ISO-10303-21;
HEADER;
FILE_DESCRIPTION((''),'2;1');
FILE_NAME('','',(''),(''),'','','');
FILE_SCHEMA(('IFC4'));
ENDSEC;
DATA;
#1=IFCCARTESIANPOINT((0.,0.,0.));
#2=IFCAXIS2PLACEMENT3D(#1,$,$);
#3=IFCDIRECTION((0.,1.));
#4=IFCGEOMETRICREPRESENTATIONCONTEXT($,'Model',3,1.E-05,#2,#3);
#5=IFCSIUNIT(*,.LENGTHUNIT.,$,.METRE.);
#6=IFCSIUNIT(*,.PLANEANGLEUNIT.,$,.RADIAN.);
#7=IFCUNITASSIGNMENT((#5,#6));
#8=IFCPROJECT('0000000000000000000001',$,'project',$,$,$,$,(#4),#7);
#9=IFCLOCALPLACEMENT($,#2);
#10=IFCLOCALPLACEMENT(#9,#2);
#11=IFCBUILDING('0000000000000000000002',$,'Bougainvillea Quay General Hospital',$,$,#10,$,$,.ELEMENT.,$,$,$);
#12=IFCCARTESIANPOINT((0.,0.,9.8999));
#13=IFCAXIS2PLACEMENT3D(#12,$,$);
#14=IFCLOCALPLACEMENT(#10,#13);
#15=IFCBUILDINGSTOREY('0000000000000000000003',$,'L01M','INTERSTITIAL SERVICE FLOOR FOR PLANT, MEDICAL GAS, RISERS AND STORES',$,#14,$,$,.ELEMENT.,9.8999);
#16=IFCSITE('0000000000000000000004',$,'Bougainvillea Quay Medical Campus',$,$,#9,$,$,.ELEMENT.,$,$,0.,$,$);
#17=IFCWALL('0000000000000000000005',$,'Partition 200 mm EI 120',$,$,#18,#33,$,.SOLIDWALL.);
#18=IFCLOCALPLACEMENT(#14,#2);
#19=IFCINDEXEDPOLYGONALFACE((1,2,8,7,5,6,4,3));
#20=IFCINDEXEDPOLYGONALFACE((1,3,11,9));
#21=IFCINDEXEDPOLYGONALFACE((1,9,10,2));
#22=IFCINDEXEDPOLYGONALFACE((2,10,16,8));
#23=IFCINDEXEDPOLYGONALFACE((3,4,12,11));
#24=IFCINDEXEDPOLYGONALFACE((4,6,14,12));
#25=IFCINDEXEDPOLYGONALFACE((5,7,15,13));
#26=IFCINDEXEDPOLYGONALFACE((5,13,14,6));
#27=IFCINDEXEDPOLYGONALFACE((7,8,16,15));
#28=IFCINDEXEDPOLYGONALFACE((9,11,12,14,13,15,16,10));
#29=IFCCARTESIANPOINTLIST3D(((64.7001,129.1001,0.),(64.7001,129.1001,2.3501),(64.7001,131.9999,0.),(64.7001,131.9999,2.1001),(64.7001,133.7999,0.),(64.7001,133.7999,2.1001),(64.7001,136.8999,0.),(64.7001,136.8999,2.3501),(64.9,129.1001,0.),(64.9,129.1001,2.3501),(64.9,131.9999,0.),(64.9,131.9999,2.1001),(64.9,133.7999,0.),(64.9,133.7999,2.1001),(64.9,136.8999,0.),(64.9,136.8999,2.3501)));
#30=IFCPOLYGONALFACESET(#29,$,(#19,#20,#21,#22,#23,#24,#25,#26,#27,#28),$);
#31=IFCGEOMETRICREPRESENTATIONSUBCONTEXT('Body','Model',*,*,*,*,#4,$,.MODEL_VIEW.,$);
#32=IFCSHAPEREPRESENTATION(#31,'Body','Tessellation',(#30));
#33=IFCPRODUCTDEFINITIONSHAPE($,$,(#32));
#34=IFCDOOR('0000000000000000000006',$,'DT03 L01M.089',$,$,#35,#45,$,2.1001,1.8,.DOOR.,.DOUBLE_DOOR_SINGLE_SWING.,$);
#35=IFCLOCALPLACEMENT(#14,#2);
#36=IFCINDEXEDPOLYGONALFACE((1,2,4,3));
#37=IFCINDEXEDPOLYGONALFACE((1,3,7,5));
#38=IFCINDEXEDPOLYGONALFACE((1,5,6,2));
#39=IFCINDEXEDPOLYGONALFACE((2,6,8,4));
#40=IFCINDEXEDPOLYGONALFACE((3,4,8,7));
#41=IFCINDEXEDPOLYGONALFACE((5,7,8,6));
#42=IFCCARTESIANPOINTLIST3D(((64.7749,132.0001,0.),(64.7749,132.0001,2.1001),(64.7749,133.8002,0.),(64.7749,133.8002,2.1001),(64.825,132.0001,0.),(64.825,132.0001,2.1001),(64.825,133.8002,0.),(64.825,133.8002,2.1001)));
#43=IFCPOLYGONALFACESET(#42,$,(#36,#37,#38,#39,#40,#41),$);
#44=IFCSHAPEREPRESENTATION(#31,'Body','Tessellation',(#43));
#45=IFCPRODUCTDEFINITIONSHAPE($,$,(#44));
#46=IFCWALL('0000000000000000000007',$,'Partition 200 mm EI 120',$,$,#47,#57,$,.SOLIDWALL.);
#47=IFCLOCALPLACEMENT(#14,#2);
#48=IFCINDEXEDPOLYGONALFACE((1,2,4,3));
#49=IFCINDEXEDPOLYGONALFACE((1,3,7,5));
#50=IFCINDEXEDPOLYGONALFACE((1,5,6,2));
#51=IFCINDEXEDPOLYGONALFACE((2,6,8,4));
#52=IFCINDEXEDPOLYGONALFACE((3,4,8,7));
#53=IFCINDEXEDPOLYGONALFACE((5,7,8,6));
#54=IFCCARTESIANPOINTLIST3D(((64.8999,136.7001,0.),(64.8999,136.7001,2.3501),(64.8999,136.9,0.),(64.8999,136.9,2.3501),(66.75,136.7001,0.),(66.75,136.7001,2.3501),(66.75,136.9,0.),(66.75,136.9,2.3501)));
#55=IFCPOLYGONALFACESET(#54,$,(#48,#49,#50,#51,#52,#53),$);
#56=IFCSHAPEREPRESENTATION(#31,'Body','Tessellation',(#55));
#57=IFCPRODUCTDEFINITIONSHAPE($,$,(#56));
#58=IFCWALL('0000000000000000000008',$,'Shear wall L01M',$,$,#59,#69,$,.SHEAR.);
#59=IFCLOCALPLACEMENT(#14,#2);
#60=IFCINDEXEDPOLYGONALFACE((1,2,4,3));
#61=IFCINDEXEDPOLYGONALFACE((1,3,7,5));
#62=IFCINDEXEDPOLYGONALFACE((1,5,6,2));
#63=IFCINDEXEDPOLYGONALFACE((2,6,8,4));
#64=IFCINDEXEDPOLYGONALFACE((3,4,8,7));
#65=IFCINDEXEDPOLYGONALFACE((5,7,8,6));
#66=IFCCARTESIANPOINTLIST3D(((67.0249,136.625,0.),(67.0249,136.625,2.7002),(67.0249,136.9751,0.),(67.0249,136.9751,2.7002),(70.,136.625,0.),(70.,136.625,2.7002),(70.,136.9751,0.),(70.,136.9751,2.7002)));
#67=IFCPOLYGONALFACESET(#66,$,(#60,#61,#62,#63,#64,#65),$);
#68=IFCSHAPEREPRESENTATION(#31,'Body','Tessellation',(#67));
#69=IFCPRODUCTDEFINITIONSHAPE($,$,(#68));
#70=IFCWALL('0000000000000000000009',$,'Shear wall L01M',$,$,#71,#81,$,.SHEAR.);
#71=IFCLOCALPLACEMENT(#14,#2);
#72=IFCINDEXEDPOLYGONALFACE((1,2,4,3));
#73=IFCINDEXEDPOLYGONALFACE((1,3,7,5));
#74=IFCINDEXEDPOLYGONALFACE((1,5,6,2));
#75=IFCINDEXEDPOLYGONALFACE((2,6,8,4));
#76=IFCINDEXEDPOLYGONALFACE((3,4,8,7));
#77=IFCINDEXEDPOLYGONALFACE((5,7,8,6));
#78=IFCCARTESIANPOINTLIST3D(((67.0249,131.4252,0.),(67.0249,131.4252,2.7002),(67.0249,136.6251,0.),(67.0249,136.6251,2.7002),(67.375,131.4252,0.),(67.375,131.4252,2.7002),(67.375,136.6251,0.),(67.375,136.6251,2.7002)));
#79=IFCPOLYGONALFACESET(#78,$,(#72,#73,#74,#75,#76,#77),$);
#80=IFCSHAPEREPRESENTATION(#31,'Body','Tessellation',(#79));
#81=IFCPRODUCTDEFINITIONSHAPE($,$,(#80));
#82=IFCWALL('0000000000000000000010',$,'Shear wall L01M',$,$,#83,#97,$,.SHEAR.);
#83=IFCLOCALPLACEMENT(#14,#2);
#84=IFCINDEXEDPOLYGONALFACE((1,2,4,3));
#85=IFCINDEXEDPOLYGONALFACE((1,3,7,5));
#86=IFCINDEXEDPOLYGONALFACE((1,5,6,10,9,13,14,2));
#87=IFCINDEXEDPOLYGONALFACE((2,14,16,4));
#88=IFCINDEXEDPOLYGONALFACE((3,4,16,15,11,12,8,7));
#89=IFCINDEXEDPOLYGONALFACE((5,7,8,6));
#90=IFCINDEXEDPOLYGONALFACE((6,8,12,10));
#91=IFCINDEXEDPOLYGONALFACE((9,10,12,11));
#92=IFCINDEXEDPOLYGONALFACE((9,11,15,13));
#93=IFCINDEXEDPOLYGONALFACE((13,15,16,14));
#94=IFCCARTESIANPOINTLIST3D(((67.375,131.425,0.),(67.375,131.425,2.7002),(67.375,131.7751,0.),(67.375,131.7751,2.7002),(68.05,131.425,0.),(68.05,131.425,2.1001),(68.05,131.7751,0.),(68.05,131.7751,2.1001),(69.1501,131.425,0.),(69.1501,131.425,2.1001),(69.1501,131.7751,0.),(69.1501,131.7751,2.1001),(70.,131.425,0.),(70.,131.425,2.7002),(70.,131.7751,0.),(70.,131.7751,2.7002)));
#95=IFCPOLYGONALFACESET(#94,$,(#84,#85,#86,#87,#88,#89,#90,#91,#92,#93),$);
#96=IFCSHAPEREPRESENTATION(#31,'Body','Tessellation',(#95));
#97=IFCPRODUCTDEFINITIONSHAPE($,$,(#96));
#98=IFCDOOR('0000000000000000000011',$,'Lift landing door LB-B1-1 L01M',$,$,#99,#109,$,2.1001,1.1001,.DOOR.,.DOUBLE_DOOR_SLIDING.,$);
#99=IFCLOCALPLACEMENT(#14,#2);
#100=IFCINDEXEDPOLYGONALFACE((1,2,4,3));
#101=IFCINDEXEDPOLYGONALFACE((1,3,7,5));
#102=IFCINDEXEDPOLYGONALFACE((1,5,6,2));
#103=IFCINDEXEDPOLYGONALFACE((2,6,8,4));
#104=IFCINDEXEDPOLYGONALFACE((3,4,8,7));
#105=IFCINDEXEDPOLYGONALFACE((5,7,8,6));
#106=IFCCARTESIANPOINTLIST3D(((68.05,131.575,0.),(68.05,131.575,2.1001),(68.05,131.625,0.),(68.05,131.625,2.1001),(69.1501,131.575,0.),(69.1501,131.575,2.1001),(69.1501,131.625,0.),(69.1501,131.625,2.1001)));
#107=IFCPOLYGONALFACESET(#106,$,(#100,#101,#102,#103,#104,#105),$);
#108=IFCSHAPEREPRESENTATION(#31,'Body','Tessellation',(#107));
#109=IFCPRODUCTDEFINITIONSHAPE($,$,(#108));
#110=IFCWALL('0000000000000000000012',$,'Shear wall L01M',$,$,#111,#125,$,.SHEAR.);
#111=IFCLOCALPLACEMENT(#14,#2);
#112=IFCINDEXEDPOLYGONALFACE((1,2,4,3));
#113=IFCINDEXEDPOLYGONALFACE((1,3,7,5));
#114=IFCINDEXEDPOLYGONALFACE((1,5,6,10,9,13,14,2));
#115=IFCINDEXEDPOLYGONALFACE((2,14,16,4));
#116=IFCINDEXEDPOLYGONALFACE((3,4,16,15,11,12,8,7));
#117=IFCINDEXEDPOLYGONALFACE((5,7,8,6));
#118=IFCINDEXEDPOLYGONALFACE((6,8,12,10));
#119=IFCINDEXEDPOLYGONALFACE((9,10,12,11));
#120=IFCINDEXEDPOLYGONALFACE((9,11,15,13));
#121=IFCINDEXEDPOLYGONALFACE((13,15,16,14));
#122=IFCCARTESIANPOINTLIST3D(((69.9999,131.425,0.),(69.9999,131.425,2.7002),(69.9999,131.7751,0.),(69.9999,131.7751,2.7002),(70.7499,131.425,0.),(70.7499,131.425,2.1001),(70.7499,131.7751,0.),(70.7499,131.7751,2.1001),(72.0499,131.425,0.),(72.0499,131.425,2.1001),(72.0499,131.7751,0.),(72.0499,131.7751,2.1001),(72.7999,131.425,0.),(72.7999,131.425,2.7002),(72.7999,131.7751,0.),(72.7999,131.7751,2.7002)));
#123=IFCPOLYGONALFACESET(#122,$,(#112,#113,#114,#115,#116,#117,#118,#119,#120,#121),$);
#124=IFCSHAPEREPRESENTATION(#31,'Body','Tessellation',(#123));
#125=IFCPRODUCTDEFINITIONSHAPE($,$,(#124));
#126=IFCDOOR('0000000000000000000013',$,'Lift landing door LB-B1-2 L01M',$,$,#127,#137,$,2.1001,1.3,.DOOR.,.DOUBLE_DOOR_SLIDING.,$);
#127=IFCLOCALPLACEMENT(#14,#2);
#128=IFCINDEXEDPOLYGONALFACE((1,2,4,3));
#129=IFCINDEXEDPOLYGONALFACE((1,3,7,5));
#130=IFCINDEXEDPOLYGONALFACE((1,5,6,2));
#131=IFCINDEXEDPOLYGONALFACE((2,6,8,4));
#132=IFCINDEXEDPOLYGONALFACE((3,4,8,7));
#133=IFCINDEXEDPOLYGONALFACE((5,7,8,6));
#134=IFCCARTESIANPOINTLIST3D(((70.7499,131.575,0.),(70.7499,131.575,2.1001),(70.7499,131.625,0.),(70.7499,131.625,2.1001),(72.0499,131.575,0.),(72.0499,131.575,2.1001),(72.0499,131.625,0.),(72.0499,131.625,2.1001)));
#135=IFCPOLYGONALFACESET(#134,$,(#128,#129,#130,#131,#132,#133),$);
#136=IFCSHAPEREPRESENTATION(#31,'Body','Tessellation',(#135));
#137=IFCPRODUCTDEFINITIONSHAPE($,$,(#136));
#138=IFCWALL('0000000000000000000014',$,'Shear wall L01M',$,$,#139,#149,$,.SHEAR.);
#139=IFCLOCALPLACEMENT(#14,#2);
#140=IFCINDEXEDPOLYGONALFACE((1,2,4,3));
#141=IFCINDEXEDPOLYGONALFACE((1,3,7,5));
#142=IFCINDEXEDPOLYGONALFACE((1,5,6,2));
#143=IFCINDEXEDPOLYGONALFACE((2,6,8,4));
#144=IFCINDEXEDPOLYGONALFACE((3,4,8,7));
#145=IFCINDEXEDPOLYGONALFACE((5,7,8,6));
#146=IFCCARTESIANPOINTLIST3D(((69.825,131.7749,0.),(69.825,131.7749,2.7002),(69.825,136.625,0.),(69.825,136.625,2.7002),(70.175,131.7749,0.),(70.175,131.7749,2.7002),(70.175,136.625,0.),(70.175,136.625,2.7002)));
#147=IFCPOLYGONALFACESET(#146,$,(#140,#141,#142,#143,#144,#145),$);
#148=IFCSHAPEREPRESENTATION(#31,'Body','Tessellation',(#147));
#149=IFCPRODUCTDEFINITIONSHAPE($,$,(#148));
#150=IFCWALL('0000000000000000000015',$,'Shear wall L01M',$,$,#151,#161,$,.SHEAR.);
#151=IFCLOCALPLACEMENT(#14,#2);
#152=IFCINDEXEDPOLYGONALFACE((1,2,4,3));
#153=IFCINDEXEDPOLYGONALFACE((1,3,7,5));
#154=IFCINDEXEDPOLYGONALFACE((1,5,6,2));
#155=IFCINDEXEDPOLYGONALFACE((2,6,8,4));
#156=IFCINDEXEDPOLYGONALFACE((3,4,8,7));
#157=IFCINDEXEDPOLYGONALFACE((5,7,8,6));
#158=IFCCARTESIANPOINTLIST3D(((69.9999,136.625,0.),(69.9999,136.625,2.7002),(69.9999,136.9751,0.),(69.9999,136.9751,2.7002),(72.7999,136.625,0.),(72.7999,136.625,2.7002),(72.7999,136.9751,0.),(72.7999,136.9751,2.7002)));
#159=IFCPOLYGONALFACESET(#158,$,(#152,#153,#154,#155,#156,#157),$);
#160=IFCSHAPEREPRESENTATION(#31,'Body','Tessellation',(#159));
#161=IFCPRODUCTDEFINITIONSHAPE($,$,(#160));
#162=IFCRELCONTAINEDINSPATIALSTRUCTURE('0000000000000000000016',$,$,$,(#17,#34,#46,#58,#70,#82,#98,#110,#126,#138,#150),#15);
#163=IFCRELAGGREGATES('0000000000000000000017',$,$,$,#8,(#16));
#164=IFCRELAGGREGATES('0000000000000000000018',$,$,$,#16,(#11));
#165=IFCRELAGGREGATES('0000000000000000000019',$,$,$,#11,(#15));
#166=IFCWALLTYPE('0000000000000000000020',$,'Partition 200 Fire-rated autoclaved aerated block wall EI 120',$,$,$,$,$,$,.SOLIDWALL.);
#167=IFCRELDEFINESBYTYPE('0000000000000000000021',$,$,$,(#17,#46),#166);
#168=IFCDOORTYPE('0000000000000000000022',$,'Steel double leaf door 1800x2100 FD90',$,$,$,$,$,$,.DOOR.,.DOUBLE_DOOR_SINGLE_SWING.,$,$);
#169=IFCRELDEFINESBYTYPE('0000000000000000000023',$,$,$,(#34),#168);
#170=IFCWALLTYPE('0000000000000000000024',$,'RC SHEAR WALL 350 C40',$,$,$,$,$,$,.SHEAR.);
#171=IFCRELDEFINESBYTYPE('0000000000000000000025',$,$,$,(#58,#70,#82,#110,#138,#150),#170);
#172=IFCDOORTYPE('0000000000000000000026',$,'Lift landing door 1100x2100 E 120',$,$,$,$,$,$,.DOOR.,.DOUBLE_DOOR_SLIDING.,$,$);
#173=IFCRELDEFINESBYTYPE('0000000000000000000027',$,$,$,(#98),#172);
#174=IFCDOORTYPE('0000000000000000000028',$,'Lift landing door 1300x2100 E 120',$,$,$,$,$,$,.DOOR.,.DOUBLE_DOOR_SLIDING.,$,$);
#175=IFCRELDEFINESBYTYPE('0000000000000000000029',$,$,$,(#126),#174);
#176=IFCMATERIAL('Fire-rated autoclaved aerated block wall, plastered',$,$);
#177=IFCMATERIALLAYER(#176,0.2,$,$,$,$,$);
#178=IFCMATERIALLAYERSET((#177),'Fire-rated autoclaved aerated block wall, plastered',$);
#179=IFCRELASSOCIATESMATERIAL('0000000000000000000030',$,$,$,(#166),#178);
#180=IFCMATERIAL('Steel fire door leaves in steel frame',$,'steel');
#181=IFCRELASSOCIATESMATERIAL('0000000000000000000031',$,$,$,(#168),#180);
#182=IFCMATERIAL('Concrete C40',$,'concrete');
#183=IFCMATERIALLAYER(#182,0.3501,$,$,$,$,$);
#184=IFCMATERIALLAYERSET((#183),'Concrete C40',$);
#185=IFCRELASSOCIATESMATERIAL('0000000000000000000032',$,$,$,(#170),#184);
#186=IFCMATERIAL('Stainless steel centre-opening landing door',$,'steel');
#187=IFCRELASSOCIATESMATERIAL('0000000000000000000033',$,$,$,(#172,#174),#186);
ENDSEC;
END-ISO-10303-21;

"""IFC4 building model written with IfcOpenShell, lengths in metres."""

from ifc_helpers import new_model, si_unit, direction, frame, frame_2d, origin, place, context, subcontext, project, spatial, rectangle, extrude, material, layer, layer_set, type_object, element, fill, save


model = new_model("IFC4")

# Units and contexts
model_context = context("Model", 3, precision=1e-05, world=origin(), true_north=direction((0.0, 1.0)))
body_context = subcontext(model_context, "Body", "Model", "MODEL_VIEW")
ifc_project = project(units=[si_unit("LENGTHUNIT", "METRE"), si_unit("PLANEANGLEUNIT", "RADIAN")], contexts=[model_context])

# Site, building, storey
site_placement = place(None, origin())
site = spatial("IfcSite", under=ifc_project, at=site_placement, Name="Bougainvillea Quay Medical Campus", CompositionType="ELEMENT", RefElevation=0.0)
building_placement = place(site_placement, origin())
building = spatial("IfcBuilding", under=site, at=building_placement, Name="Bougainvillea Quay General Hospital", CompositionType="ELEMENT")
storey_placement = place(building_placement, frame((0.0, 0.0, 9.8999)))
storey = spatial("IfcBuildingStorey", under=building, at=storey_placement, Name="L01M", Description="INTERSTITIAL SERVICE FLOOR FOR PLANT, MEDICAL GAS, RISERS AND STORES", CompositionType="ELEMENT", Elevation=9.8999)

# Shared definitions
ifc_material_1 = material(Name="Fire-rated autoclaved aerated block wall, plastered")
ifc_layer_1 = layer(ifc_material_1, 0.2)
ifc_layer_set_1 = layer_set([ifc_layer_1], Name="Fire-rated autoclaved aerated block wall, plastered")
wall_type_1 = type_object("IfcWallType", Name="Partition 200 Fire-rated autoclaved aerated block wall EI 120", PredefinedType="SOLIDWALL", material=ifc_layer_set_1)
ifc_material_2 = material(Name="Steel fire door leaves in steel frame", Category="steel")

# Wall, opening, door
wall_1_placement = place(storey_placement, frame((64.8, 129.1001, 0.0), z_axis=(0.0, 0.0, 1.0), x_axis=(0.0, 1.0, 0.0)))
wall_1 = element("IfcWall", 1, at=wall_1_placement, inside=storey, type_object=wall_type_1, Name="Partition 200 mm EI 120", PredefinedType="SOLIDWALL", context=body_context, shape_type="SweptSolid", body=[
    extrude(rectangle(XDim=7.7998, YDim=0.2, at=frame_2d((3.8999, 0.0))), origin(), (0.0, 0.0, 1.0), 2.3501),
])
opening_1_placement = place(wall_1_placement, frame((2.8999, 0.0, 0.0)))
opening_1 = element("IfcOpeningElement", 2, at=opening_1_placement, cuts=wall_1, PredefinedType="OPENING", context=body_context, shape_type="SweptSolid", body=[
    extrude(rectangle(XDim=1.8, YDim=2.1001, at=frame_2d((0.8999, 1.05))), frame((0.0, 0.1099, 0.0), z_axis=(0.0, -1.0, 0.0), x_axis=(1.0, 0.0, 0.0)), (0.0, 0.0, 1.0), 0.22),
])
door_type_1 = type_object("IfcDoorType", Name="Steel double leaf door 1800x2100 FD90", OperationType="DOUBLE_DOOR_SINGLE_SWING", PredefinedType="DOOR", material=ifc_material_2)
door_1_placement = place(opening_1_placement, frame((1.8, 0.0, 0.0), z_axis=(0.0, 0.0, 1.0), x_axis=(-1.0, 0.0, 0.0)))
door_1 = element("IfcDoor", 3, at=door_1_placement, inside=storey, type_object=door_type_1, Name="DT03 L01M.089", OperationType="DOUBLE_DOOR_SINGLE_SWING", OverallHeight=2.1001, OverallWidth=1.8, PredefinedType="DOOR", context=body_context, shape_type="SweptSolid", body=[
    extrude(rectangle(XDim=1.8, YDim=2.1001, at=frame_2d((0.8999, 1.05))), frame((0.0, 0.0249, 0.0), z_axis=(0.0, -1.0, 0.0), x_axis=(1.0, 0.0, 0.0)), (0.0, 0.0, 1.0), 0.05),
])
fill(opening_1, door_1)

# Walls
wall_2_placement = place(storey_placement, frame((64.8999, 136.8, 0.0), z_axis=(0.0, 0.0, 1.0), x_axis=(1.0, 0.0, 0.0)))
element("IfcWall", 4, at=wall_2_placement, inside=storey, type_object=wall_type_1, Name="Partition 200 mm EI 120", PredefinedType="SOLIDWALL", context=body_context, shape_type="SweptSolid", body=[
    extrude(rectangle(XDim=1.8501, YDim=0.2, at=frame_2d((0.925, 0.0))), origin(), (0.0, 0.0, 1.0), 2.3501),
])
ifc_material_3 = material(Name="Concrete C40", Category="concrete")
ifc_layer_2 = layer(ifc_material_3, 0.3501)
ifc_layer_set_2 = layer_set([ifc_layer_2], Name="Concrete C40")
wall_type_2 = type_object("IfcWallType", Name="RC SHEAR WALL 350 C40", PredefinedType="SHEAR", material=ifc_layer_set_2)
wall_3_placement = place(storey_placement, frame((67.0249, 136.8, 0.0), z_axis=(0.0, 0.0, 1.0), x_axis=(1.0, 0.0, 0.0)))
element("IfcWall", 5, at=wall_3_placement, inside=storey, type_object=wall_type_2, Name="Shear wall L01M", PredefinedType="SHEAR", context=body_context, shape_type="SweptSolid", body=[
    extrude(rectangle(XDim=2.9751, YDim=0.3501, at=frame_2d((1.4875, 0.0))), origin(), (0.0, 0.0, 1.0), 2.7002),
])
wall_4_placement = place(storey_placement, frame((67.2, 131.425, 0.0), z_axis=(0.0, 0.0, 1.0), x_axis=(0.0, 1.0, 0.0)))
element("IfcWall", 6, at=wall_4_placement, inside=storey, type_object=wall_type_2, Name="Shear wall L01M", PredefinedType="SHEAR", context=body_context, shape_type="SweptSolid", body=[
    extrude(rectangle(XDim=5.2, YDim=0.3501, at=frame_2d((2.6001, 0.0))), origin(), (0.0, 0.0, 1.0), 2.7002),
])

# Walls, openings, doors
wall_5_placement = place(storey_placement, frame((67.375, 131.6001, 0.0), z_axis=(0.0, 0.0, 1.0), x_axis=(1.0, 0.0, 0.0)))
wall_5 = element("IfcWall", 7, at=wall_5_placement, inside=storey, type_object=wall_type_2, Name="Shear wall L01M", PredefinedType="SHEAR", context=body_context, shape_type="SweptSolid", body=[
    extrude(rectangle(XDim=2.625, YDim=0.3501, at=frame_2d((1.3125, 0.0))), origin(), (0.0, 0.0, 1.0), 2.7002),
])
opening_2_placement = place(wall_5_placement, frame((0.675, 0.0, 0.0)))
opening_2 = element("IfcOpeningElement", 8, at=opening_2_placement, cuts=wall_5, PredefinedType="OPENING", context=body_context, shape_type="SweptSolid", body=[
    extrude(rectangle(XDim=1.1001, YDim=2.1001, at=frame_2d((0.55, 1.05))), frame((0.0, 0.1851, 0.0), z_axis=(0.0, -1.0, 0.0), x_axis=(1.0, 0.0, 0.0)), (0.0, 0.0, 1.0), 0.3701),
])
ifc_material_4 = material(Name="Stainless steel centre-opening landing door", Category="steel")
door_type_2 = type_object("IfcDoorType", Name="Lift landing door 1100x2100 E 120", OperationType="DOUBLE_DOOR_SLIDING", PredefinedType="DOOR", material=ifc_material_4)
door_2_placement = place(opening_2_placement, origin())
door_2 = element("IfcDoor", 9, at=door_2_placement, inside=storey, type_object=door_type_2, Name="Lift landing door LB-B1-1 L01M", OperationType="DOUBLE_DOOR_SLIDING", OverallHeight=2.1001, OverallWidth=1.1001, PredefinedType="DOOR", context=body_context, shape_type="SweptSolid", body=[
    extrude(rectangle(XDim=1.1001, YDim=2.1001, at=frame_2d((0.55, 1.05))), frame((0.0, 0.0249, 0.0), z_axis=(0.0, -1.0, 0.0), x_axis=(1.0, 0.0, 0.0)), (0.0, 0.0, 1.0), 0.05),
])
fill(opening_2, door_2)
wall_6_placement = place(storey_placement, frame((70.0, 131.6001, 0.0), z_axis=(0.0, 0.0, 1.0), x_axis=(1.0, 0.0, 0.0)))
wall_6 = element("IfcWall", 10, at=wall_6_placement, inside=storey, type_object=wall_type_2, Name="Shear wall L01M", PredefinedType="SHEAR", context=body_context, shape_type="SweptSolid", body=[
    extrude(rectangle(XDim=2.8, YDim=0.3501, at=frame_2d((1.3999, 0.0))), origin(), (0.0, 0.0, 1.0), 2.7002),
])
opening_3_placement = place(wall_6_placement, frame((0.75, 0.0, 0.0)))
opening_3 = element("IfcOpeningElement", 11, at=opening_3_placement, cuts=wall_6, PredefinedType="OPENING", context=body_context, shape_type="SweptSolid", body=[
    extrude(rectangle(XDim=1.3, YDim=2.1001, at=frame_2d((0.6499, 1.05))), frame((0.0, 0.1851, 0.0), z_axis=(0.0, -1.0, 0.0), x_axis=(1.0, 0.0, 0.0)), (0.0, 0.0, 1.0), 0.3701),
])
door_type_3 = type_object("IfcDoorType", Name="Lift landing door 1300x2100 E 120", OperationType="DOUBLE_DOOR_SLIDING", PredefinedType="DOOR", material=ifc_material_4)
door_3_placement = place(opening_3_placement, origin())
door_3 = element("IfcDoor", 12, at=door_3_placement, inside=storey, type_object=door_type_3, Name="Lift landing door LB-B1-2 L01M", OperationType="DOUBLE_DOOR_SLIDING", OverallHeight=2.1001, OverallWidth=1.3, PredefinedType="DOOR", context=body_context, shape_type="SweptSolid", body=[
    extrude(rectangle(XDim=1.3, YDim=2.1001, at=frame_2d((0.6499, 1.05))), frame((0.0, 0.0249, 0.0), z_axis=(0.0, -1.0, 0.0), x_axis=(1.0, 0.0, 0.0)), (0.0, 0.0, 1.0), 0.05),
])
fill(opening_3, door_3)

# Walls
wall_7_placement = place(storey_placement, frame((70.0, 131.7749, 0.0), z_axis=(0.0, 0.0, 1.0), x_axis=(0.0, 1.0, 0.0)))
element("IfcWall", 13, at=wall_7_placement, inside=storey, type_object=wall_type_2, Name="Shear wall L01M", PredefinedType="SHEAR", context=body_context, shape_type="SweptSolid", body=[
    extrude(rectangle(XDim=4.8501, YDim=0.3501, at=frame_2d((2.425, 0.0))), origin(), (0.0, 0.0, 1.0), 2.7002),
])
wall_8_placement = place(storey_placement, frame((70.0, 136.8, 0.0), z_axis=(0.0, 0.0, 1.0), x_axis=(1.0, 0.0, 0.0)))
element("IfcWall", 14, at=wall_8_placement, inside=storey, type_object=wall_type_2, Name="Shear wall L01M", PredefinedType="SHEAR", context=body_context, shape_type="SweptSolid", body=[
    extrude(rectangle(XDim=2.8, YDim=0.3501, at=frame_2d((1.3999, 0.0))), origin(), (0.0, 0.0, 1.0), 2.7002),
])

save(model, "model.ifc")
